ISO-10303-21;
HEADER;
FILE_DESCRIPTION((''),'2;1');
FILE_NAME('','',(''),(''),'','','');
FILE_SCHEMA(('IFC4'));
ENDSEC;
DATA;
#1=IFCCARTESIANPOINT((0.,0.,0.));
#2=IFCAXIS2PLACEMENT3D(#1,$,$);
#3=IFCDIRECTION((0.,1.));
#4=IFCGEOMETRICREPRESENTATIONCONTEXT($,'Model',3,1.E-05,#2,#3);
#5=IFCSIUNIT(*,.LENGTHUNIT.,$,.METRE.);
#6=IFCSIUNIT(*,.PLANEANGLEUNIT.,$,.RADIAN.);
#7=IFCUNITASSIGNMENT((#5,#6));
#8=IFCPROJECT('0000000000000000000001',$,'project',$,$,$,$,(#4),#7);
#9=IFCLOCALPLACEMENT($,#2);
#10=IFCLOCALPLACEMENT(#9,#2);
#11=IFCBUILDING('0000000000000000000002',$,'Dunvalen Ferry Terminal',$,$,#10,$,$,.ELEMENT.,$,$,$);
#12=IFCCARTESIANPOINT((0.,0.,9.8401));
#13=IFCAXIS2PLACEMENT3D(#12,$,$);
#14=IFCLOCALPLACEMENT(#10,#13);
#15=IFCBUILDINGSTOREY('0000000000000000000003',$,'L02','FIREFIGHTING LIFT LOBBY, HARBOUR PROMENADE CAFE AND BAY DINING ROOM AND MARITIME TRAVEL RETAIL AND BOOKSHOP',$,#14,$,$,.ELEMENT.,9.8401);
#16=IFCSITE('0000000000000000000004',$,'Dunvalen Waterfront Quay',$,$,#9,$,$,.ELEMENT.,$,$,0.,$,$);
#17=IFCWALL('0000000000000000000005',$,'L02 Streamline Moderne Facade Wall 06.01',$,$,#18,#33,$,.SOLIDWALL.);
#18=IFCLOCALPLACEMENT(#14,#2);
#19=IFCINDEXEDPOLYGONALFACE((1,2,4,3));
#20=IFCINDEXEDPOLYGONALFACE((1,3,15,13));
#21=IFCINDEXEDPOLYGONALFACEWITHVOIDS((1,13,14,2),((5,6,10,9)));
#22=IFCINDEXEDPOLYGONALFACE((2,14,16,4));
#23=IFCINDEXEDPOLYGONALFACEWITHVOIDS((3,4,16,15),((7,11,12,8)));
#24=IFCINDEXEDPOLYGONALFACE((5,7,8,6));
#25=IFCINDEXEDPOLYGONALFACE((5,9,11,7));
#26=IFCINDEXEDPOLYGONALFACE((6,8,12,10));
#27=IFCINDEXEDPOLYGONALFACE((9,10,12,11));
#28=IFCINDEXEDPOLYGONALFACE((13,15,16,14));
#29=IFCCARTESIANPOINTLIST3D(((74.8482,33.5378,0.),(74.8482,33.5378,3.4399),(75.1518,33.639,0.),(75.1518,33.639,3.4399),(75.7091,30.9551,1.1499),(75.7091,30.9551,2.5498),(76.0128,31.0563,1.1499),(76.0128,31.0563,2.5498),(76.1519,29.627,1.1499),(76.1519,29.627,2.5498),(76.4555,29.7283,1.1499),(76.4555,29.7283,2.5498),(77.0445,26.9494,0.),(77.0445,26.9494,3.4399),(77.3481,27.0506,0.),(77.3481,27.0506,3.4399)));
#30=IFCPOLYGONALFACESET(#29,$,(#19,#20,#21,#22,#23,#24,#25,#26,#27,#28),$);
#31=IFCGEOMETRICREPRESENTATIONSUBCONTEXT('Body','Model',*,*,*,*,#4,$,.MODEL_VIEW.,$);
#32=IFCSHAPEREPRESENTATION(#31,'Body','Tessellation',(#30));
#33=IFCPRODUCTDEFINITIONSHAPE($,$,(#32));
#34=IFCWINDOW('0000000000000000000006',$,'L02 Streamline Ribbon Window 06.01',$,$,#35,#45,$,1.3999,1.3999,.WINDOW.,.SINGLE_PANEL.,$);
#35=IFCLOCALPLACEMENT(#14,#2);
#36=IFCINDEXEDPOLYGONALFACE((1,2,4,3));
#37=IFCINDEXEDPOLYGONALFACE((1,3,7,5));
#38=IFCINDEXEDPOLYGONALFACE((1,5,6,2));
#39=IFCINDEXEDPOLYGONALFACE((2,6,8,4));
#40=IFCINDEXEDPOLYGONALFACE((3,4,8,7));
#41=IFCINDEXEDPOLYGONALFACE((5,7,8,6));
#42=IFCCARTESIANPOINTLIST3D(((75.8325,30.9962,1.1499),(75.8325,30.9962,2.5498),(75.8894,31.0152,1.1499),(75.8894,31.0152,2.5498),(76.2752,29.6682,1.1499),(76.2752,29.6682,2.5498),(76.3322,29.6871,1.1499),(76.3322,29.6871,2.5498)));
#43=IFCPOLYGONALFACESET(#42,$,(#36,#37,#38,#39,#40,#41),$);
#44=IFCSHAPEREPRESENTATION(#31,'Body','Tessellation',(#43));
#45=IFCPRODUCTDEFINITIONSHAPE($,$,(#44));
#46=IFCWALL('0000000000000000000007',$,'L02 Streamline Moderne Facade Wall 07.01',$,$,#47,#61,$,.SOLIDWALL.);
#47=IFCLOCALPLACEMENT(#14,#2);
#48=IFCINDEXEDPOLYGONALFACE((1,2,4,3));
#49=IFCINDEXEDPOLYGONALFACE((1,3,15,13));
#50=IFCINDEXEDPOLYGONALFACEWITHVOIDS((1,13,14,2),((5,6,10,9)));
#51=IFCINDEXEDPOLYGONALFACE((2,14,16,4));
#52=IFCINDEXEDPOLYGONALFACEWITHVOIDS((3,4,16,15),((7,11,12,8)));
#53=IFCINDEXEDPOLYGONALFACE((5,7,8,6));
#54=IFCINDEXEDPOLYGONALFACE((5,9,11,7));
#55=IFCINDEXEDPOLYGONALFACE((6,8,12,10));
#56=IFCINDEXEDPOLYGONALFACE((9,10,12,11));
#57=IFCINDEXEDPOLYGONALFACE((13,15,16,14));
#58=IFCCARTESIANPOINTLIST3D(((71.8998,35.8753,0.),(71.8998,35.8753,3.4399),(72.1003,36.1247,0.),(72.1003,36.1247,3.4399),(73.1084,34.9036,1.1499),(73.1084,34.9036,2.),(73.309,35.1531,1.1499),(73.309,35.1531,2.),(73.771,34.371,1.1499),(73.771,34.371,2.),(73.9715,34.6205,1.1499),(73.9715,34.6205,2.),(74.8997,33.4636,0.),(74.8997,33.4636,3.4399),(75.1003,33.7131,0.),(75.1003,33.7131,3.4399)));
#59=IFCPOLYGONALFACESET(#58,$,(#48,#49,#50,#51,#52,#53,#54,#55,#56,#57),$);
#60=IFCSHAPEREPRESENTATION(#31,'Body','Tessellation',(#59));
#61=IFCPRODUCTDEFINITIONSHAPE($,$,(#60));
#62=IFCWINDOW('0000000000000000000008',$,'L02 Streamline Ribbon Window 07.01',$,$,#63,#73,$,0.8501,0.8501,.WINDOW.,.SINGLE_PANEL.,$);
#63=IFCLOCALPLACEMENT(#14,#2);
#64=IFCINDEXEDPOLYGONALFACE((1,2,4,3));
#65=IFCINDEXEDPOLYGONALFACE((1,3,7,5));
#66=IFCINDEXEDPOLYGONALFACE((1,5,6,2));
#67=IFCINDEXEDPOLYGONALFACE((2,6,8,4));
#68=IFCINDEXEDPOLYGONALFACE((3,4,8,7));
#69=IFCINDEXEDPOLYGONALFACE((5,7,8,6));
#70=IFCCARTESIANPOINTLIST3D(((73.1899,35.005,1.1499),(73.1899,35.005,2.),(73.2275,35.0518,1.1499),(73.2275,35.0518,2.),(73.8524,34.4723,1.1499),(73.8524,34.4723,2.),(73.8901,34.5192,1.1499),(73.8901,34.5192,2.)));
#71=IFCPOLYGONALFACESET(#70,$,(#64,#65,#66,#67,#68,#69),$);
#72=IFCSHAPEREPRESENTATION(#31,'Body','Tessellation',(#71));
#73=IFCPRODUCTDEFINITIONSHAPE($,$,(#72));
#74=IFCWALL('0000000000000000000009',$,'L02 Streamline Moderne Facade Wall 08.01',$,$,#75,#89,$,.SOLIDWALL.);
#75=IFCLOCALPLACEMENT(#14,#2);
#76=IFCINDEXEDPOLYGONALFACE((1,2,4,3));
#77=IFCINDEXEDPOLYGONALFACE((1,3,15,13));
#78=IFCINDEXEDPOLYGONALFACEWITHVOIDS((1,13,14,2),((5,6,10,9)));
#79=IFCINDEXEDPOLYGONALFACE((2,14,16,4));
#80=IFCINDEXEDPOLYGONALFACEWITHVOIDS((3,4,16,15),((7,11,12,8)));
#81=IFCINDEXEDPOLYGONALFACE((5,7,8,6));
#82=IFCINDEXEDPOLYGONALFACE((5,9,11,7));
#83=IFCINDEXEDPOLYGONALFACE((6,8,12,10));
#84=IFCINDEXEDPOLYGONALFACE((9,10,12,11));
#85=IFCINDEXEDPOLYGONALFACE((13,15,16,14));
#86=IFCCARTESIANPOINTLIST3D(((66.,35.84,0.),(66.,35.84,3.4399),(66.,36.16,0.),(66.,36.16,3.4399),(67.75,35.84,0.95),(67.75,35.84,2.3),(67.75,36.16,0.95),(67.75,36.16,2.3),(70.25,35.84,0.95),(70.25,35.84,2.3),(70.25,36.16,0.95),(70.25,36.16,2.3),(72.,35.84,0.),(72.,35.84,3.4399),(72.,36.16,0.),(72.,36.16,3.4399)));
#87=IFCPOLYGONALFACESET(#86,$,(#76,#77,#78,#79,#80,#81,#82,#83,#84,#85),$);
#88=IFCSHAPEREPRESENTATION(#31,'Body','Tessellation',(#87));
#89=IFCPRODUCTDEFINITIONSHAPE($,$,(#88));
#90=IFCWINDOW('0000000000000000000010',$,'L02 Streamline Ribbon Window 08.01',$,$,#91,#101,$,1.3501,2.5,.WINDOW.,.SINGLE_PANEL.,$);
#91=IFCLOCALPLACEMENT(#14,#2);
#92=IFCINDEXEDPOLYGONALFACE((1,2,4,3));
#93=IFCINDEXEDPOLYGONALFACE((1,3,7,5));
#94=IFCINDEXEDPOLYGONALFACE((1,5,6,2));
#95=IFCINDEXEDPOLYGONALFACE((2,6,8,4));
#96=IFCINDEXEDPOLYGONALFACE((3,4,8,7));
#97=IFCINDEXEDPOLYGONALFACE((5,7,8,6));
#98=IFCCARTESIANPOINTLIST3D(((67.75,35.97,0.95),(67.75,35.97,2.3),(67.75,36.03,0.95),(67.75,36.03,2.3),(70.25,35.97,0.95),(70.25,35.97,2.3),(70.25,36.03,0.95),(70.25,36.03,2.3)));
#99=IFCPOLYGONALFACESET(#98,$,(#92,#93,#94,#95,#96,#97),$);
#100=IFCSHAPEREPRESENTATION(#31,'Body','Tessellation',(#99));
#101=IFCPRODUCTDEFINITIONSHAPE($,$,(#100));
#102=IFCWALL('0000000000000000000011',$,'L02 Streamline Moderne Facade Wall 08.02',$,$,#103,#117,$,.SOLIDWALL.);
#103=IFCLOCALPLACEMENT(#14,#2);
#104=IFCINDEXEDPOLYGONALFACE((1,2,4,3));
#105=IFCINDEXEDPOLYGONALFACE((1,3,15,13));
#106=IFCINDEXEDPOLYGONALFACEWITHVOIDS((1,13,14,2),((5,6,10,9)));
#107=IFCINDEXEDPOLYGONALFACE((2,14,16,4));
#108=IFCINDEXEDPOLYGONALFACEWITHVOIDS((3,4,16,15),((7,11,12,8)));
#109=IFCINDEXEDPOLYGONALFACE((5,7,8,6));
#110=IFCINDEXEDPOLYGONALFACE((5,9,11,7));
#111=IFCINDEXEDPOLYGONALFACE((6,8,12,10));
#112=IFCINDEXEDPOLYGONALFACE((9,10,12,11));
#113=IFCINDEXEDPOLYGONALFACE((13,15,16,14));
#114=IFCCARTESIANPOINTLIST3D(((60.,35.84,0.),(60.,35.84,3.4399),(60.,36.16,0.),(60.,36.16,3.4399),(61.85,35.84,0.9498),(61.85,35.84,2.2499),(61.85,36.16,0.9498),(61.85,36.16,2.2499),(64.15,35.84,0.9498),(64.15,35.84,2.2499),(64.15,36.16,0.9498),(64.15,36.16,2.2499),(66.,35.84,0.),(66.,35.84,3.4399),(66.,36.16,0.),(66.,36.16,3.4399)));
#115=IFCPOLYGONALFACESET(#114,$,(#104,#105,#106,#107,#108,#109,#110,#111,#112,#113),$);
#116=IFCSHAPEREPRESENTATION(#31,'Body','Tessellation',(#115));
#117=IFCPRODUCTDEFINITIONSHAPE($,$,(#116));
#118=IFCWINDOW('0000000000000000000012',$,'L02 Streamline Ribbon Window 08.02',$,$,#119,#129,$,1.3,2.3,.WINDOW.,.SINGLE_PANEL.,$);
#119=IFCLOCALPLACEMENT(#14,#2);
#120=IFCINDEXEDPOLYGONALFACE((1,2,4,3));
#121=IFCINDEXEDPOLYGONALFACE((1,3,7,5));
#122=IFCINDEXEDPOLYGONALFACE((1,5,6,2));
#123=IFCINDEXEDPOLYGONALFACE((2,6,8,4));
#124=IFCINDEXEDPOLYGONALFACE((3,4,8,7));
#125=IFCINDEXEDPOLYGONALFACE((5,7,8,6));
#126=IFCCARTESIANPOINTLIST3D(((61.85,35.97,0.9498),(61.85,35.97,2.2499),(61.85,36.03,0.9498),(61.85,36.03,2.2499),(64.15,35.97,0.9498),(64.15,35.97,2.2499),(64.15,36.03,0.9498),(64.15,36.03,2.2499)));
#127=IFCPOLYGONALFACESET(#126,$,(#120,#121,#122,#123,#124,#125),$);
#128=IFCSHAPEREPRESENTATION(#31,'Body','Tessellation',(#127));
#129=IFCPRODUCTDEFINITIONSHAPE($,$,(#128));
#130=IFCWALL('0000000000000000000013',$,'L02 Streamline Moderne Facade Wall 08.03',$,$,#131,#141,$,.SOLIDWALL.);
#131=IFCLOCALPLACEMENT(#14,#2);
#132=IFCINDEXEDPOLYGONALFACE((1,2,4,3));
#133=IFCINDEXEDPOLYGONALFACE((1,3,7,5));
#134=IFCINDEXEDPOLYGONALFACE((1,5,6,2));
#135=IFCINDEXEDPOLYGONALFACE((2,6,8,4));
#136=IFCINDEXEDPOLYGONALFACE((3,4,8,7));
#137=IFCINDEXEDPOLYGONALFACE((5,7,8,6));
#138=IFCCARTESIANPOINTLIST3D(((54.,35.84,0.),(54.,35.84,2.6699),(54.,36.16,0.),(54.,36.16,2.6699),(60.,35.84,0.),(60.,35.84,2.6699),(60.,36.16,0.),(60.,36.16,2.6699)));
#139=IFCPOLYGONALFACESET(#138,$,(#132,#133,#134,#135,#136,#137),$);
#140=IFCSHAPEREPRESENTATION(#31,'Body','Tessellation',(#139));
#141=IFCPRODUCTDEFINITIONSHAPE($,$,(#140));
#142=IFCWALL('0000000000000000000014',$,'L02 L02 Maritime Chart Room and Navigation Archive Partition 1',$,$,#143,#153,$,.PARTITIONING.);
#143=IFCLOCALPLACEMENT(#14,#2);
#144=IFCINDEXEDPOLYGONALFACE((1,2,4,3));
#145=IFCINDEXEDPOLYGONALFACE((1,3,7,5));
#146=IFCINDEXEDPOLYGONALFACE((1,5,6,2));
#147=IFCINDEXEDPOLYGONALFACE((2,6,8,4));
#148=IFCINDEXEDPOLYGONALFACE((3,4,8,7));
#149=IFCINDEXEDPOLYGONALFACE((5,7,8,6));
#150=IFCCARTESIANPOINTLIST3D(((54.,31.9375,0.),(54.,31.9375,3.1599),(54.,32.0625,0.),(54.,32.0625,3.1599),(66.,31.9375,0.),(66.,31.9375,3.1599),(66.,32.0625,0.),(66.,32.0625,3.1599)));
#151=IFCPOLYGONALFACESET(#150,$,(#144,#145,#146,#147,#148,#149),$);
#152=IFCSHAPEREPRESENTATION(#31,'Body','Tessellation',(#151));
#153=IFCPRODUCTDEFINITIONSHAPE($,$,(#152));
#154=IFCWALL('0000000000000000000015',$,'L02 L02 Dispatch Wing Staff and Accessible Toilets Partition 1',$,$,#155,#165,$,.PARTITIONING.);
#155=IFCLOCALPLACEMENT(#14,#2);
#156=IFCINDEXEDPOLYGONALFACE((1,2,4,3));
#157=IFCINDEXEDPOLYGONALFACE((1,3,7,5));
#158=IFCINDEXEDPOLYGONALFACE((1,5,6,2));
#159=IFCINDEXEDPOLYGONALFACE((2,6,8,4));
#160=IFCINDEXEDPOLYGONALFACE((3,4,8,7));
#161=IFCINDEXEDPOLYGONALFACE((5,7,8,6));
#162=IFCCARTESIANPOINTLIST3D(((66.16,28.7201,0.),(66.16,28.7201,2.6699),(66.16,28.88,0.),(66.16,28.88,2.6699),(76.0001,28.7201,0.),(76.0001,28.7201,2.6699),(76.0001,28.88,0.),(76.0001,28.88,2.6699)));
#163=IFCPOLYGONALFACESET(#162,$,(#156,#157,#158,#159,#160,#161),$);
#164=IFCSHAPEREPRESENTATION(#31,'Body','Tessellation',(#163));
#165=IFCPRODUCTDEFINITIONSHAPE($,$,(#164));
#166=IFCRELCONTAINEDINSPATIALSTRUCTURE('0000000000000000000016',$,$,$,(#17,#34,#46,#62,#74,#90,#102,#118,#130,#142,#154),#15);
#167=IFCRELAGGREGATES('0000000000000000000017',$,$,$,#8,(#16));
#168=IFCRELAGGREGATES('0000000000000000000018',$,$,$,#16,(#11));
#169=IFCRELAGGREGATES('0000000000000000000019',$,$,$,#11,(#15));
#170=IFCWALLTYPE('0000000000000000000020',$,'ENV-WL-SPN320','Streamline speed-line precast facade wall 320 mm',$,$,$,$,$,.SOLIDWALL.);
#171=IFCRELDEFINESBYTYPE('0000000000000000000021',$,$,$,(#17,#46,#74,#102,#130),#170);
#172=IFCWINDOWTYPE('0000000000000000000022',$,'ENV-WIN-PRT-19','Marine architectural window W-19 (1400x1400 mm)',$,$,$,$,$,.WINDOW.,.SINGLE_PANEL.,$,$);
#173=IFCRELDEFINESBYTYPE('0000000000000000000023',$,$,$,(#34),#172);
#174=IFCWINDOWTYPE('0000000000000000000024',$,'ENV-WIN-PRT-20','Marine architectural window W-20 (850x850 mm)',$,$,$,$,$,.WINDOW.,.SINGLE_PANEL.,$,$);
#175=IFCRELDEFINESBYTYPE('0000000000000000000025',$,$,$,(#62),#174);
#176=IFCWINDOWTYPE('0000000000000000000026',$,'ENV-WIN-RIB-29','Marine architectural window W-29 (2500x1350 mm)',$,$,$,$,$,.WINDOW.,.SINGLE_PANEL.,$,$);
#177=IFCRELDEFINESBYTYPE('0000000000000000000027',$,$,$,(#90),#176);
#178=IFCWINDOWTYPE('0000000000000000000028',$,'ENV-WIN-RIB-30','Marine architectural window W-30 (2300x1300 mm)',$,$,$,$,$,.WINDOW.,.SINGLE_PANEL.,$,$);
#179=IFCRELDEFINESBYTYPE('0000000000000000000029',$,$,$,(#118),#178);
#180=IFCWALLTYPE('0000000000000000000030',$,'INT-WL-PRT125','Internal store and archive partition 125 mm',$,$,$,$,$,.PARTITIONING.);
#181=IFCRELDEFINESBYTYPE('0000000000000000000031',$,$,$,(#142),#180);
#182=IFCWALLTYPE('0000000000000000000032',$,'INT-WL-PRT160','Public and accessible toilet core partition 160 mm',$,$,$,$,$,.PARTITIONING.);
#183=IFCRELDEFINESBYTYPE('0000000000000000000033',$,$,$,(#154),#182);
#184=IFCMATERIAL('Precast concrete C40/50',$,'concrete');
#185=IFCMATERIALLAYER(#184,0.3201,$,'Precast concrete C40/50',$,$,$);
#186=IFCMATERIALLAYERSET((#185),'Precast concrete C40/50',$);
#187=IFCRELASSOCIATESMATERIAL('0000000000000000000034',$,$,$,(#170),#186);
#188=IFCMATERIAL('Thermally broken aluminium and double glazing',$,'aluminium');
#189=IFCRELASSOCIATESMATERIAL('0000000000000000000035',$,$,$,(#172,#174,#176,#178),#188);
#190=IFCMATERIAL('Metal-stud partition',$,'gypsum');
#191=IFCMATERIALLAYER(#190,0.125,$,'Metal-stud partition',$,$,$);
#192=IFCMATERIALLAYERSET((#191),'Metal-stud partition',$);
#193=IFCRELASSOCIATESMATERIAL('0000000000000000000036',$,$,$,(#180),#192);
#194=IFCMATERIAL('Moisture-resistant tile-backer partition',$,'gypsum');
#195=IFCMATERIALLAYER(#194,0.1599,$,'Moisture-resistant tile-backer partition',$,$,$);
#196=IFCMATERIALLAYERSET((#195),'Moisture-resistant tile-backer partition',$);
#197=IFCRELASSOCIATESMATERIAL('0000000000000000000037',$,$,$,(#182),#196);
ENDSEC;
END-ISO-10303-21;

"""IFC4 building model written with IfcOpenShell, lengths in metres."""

from ifc_helpers import new_model, si_unit, direction, frame, frame_2d, origin, place, context, subcontext, project, spatial, rectangle, extrude, material, layer, layer_set, type_object, element, fill, save


model = new_model("IFC4")

# Units and contexts
model_context = context("Model", 3, precision=1e-05, world=origin(), true_north=direction((0.0, 1.0)))
body_context = subcontext(model_context, "Body", "Model", "MODEL_VIEW")
ifc_project = project(units=[si_unit("LENGTHUNIT", "METRE"), si_unit("PLANEANGLEUNIT", "RADIAN")], contexts=[model_context])

# Site, building, storey
site_placement = place(None, origin())
site = spatial("IfcSite", under=ifc_project, at=site_placement, Name="Dunvalen Waterfront Quay", CompositionType="ELEMENT", RefElevation=0.0)
building_placement = place(site_placement, origin())
building = spatial("IfcBuilding", under=site, at=building_placement, Name="Dunvalen Ferry Terminal", CompositionType="ELEMENT")
storey_placement = place(building_placement, frame((0.0, 0.0, 9.8401)))
storey = spatial("IfcBuildingStorey", under=building, at=storey_placement, Name="L02", Description="FIREFIGHTING LIFT LOBBY, HARBOUR PROMENADE CAFE AND BAY DINING ROOM AND MARITIME TRAVEL RETAIL AND BOOKSHOP", CompositionType="ELEMENT", Elevation=9.8401)

# Walls, openings, windows
ifc_material_1 = material(Name="Precast concrete C40/50", Category="concrete")
ifc_layer_1 = layer(ifc_material_1, 0.3201, Name="Precast concrete C40/50")
ifc_layer_set_1 = layer_set([ifc_layer_1], Name="Precast concrete C40/50")
wall_type_1 = type_object("IfcWallType", Name="ENV-WL-SPN320", Description="Streamline speed-line precast facade wall 320 mm", PredefinedType="SOLIDWALL", material=ifc_layer_set_1)
wall_1_placement = place(storey_placement, frame((77.1963, 27.0, 0.0), z_axis=(0.0, 0.0, 1.0), x_axis=(-0.316249, 0.948676, 0.0)))
wall_1 = element("IfcWall", 1, at=wall_1_placement, inside=storey, type_object=wall_type_1, Name="L02 Streamline Moderne Facade Wall 06.01", PredefinedType="SOLIDWALL", context=body_context, shape_type="SweptSolid", body=[
    extrude(rectangle(XDim=6.9448, YDim=0.3201, at=frame_2d((3.4724, 0.0))), origin(), (0.0, 0.0, 1.0), 3.4399),
])
opening_1_placement = place(wall_1_placement, frame((2.8225, 0.0, 1.1499)))
opening_1 = element("IfcOpeningElement", 2, at=opening_1_placement, cuts=wall_1, PredefinedType="OPENING", context=body_context, shape_type="SweptSolid", body=[
    extrude(rectangle(XDim=1.3999, YDim=1.3999, at=frame_2d((0.7, 0.7))), frame((0.0, 0.1699, 0.0), z_axis=(0.0, -1.0, 0.0), x_axis=(1.0, 0.0, 0.0)), (0.0, 0.0, 1.0), 0.3401),
])
ifc_material_2 = material(Name="Thermally broken aluminium and double glazing", Category="aluminium")
window_type_1 = type_object("IfcWindowType", Name="ENV-WIN-PRT-19", Description="Marine architectural window W-19 (1400x1400 mm)", PartitioningType="SINGLE_PANEL", PredefinedType="WINDOW", material=ifc_material_2)
window_1_placement = place(opening_1_placement, origin())
window_1 = element("IfcWindow", 3, at=window_1_placement, inside=storey, type_object=window_type_1, Name="L02 Streamline Ribbon Window 06.01", OverallHeight=1.3999, OverallWidth=1.3999, PartitioningType="SINGLE_PANEL", PredefinedType="WINDOW", context=body_context, shape_type="SweptSolid", body=[
    extrude(rectangle(XDim=1.3999, YDim=1.3999, at=frame_2d((0.7, 0.7))), frame((0.0, 0.03, 0.0), z_axis=(0.0, -1.0, 0.0), x_axis=(1.0, 0.0, 0.0)), (0.0, 0.0, 1.0), 0.0601),
])
fill(opening_1, window_1)
wall_2_placement = place(storey_placement, frame((75.0, 33.5884, 0.0), z_axis=(0.0, 0.0, 1.0), x_axis=(-0.779394, 0.626534, 0.0)))
wall_2 = element("IfcWall", 4, at=wall_2_placement, inside=storey, type_object=wall_type_1, Name="L02 Streamline Moderne Facade Wall 07.01", PredefinedType="SOLIDWALL", context=body_context, shape_type="SweptSolid", body=[
    extrude(rectangle(XDim=3.8491, YDim=0.3201, at=frame_2d((1.9246, 0.0))), origin(), (0.0, 0.0, 1.0), 3.4399),
])
opening_2_placement = place(wall_2_placement, frame((1.4482, 0.0, 1.1499)))
opening_2 = element("IfcOpeningElement", 5, at=opening_2_placement, cuts=wall_2, PredefinedType="OPENING", context=body_context, shape_type="SweptSolid", body=[
    extrude(rectangle(XDim=0.8501, YDim=0.8501, at=frame_2d((0.425, 0.425))), frame((0.0, 0.1699, 0.0), z_axis=(0.0, -1.0, 0.0), x_axis=(1.0, 0.0, 0.0)), (0.0, 0.0, 1.0), 0.3401),
])
window_type_2 = type_object("IfcWindowType", Name="ENV-WIN-PRT-20", Description="Marine architectural window W-20 (850x850 mm)", PartitioningType="SINGLE_PANEL", PredefinedType="WINDOW", material=ifc_material_2)
window_2_placement = place(opening_2_placement, origin())
window_2 = element("IfcWindow", 6, at=window_2_placement, inside=storey, type_object=window_type_2, Name="L02 Streamline Ribbon Window 07.01", OverallHeight=0.8501, OverallWidth=0.8501, PartitioningType="SINGLE_PANEL", PredefinedType="WINDOW", context=body_context, shape_type="SweptSolid", body=[
    extrude(rectangle(XDim=0.8501, YDim=0.8501, at=frame_2d((0.425, 0.425))), frame((0.0, 0.03, 0.0), z_axis=(0.0, -1.0, 0.0), x_axis=(1.0, 0.0, 0.0)), (0.0, 0.0, 1.0), 0.0601),
])
fill(opening_2, window_2)
wall_3_placement = place(storey_placement, frame((72.0, 36.0, 0.0), z_axis=(0.0, 0.0, 1.0), x_axis=(-1.0, 0.0, 0.0)))
wall_3 = element("IfcWall", 7, at=wall_3_placement, inside=storey, type_object=wall_type_1, Name="L02 Streamline Moderne Facade Wall 08.01", PredefinedType="SOLIDWALL", context=body_context, shape_type="SweptSolid", body=[
    extrude(rectangle(XDim=6.0, YDim=0.3201, at=frame_2d((3.0, 0.0))), origin(), (0.0, 0.0, 1.0), 3.4399),
])
opening_3_placement = place(wall_3_placement, frame((1.75, 0.0, 0.95)))
opening_3 = element("IfcOpeningElement", 8, at=opening_3_placement, cuts=wall_3, PredefinedType="OPENING", context=body_context, shape_type="SweptSolid", body=[
    extrude(rectangle(XDim=2.5, YDim=1.3501, at=frame_2d((1.25, 0.675))), frame((0.0, 0.1699, 0.0), z_axis=(0.0, -1.0, 0.0), x_axis=(1.0, 0.0, 0.0)), (0.0, 0.0, 1.0), 0.3401),
])
window_type_3 = type_object("IfcWindowType", Name="ENV-WIN-RIB-29", Description="Marine architectural window W-29 (2500x1350 mm)", PartitioningType="SINGLE_PANEL", PredefinedType="WINDOW", material=ifc_material_2)
window_3_placement = place(opening_3_placement, origin())
window_3 = element("IfcWindow", 9, at=window_3_placement, inside=storey, type_object=window_type_3, Name="L02 Streamline Ribbon Window 08.01", OverallHeight=1.3501, OverallWidth=2.5, PartitioningType="SINGLE_PANEL", PredefinedType="WINDOW", context=body_context, shape_type="SweptSolid", body=[
    extrude(rectangle(XDim=2.5, YDim=1.3501, at=frame_2d((1.25, 0.675))), frame((0.0, 0.03, 0.0), z_axis=(0.0, -1.0, 0.0), x_axis=(1.0, 0.0, 0.0)), (0.0, 0.0, 1.0), 0.0601),
])
fill(opening_3, window_3)
wall_4_placement = place(storey_placement, frame((66.0, 36.0, 0.0), z_axis=(0.0, 0.0, 1.0), x_axis=(-1.0, 0.0, 0.0)))
wall_4 = element("IfcWall", 10, at=wall_4_placement, inside=storey, type_object=wall_type_1, Name="L02 Streamline Moderne Facade Wall 08.02", PredefinedType="SOLIDWALL", context=body_context, shape_type="SweptSolid", body=[
    extrude(rectangle(XDim=6.0, YDim=0.3201, at=frame_2d((3.0, 0.0))), origin(), (0.0, 0.0, 1.0), 3.4399),
])
opening_4_placement = place(wall_4_placement, frame((1.8501, 0.0, 0.95)))
opening_4 = element("IfcOpeningElement", 11, at=opening_4_placement, cuts=wall_4, PredefinedType="OPENING", context=body_context, shape_type="SweptSolid", body=[
    extrude(rectangle(XDim=2.3, YDim=1.3, at=frame_2d((1.1499, 0.6499))), frame((0.0, 0.1699, 0.0), z_axis=(0.0, -1.0, 0.0), x_axis=(1.0, 0.0, 0.0)), (0.0, 0.0, 1.0), 0.3401),
])
window_type_4 = type_object("IfcWindowType", Name="ENV-WIN-RIB-30", Description="Marine architectural window W-30 (2300x1300 mm)", PartitioningType="SINGLE_PANEL", PredefinedType="WINDOW", material=ifc_material_2)
window_4_placement = place(opening_4_placement, origin())
window_4 = element("IfcWindow", 12, at=window_4_placement, inside=storey, type_object=window_type_4, Name="L02 Streamline Ribbon Window 08.02", OverallHeight=1.3, OverallWidth=2.3, PartitioningType="SINGLE_PANEL", PredefinedType="WINDOW", context=body_context, shape_type="SweptSolid", body=[
    extrude(rectangle(XDim=2.3, YDim=1.3, at=frame_2d((1.1499, 0.6499))), frame((0.0, 0.03, 0.0), z_axis=(0.0, -1.0, 0.0), x_axis=(1.0, 0.0, 0.0)), (0.0, 0.0, 1.0), 0.0601),
])
fill(opening_4, window_4)

# Walls
wall_5_placement = place(storey_placement, frame((60.0, 36.0, 0.0), z_axis=(0.0, 0.0, 1.0), x_axis=(-1.0, 0.0, 0.0)))
element("IfcWall", 13, at=wall_5_placement, inside=storey, type_object=wall_type_1, Name="L02 Streamline Moderne Facade Wall 08.03", PredefinedType="SOLIDWALL", context=body_context, shape_type="SweptSolid", body=[
    extrude(rectangle(XDim=6.0, YDim=0.3201, at=frame_2d((3.0, 0.0))), origin(), (0.0, 0.0, 1.0), 2.6699),
])
ifc_material_3 = material(Name="Metal-stud partition", Category="gypsum")
ifc_layer_2 = layer(ifc_material_3, 0.125, Name="Metal-stud partition")
ifc_layer_set_2 = layer_set([ifc_layer_2], Name="Metal-stud partition")
wall_type_2 = type_object("IfcWallType", Name="INT-WL-PRT125", Description="Internal store and archive partition 125 mm", PredefinedType="PARTITIONING", material=ifc_layer_set_2)
wall_6_placement = place(storey_placement, frame((66.0, 32.0, 0.0), z_axis=(0.0, 0.0, 1.0), x_axis=(-1.0, 0.0, 0.0)))
element("IfcWall", 14, at=wall_6_placement, inside=storey, type_object=wall_type_2, Name="L02 L02 Maritime Chart Room and Navigation Archive Partition 1", PredefinedType="PARTITIONING", context=body_context, shape_type="SweptSolid", body=[
    extrude(rectangle(XDim=12.0, YDim=0.125, at=frame_2d((6.0, 0.0))), origin(), (0.0, 0.0, 1.0), 3.1599),
])
ifc_material_4 = material(Name="Moisture-resistant tile-backer partition", Category="gypsum")
ifc_layer_3 = layer(ifc_material_4, 0.1599, Name="Moisture-resistant tile-backer partition")
ifc_layer_set_3 = layer_set([ifc_layer_3], Name="Moisture-resistant tile-backer partition")
wall_type_3 = type_object("IfcWallType", Name="INT-WL-PRT160", Description="Public and accessible toilet core partition 160 mm", PredefinedType="PARTITIONING", material=ifc_layer_set_3)
wall_7_placement = place(storey_placement, frame((76.0, 28.8, 0.0), z_axis=(0.0, 0.0, 1.0), x_axis=(-1.0, 0.0, 0.0)))
element("IfcWall", 15, at=wall_7_placement, inside=storey, type_object=wall_type_3, Name="L02 L02 Dispatch Wing Staff and Accessible Toilets Partition 1", PredefinedType="PARTITIONING", context=body_context, shape_type="SweptSolid", body=[
    extrude(rectangle(XDim=9.8401, YDim=0.1599, at=frame_2d((4.9199, 0.0))), origin(), (0.0, 0.0, 1.0), 2.6699),
])

save(model, "model.ifc")
